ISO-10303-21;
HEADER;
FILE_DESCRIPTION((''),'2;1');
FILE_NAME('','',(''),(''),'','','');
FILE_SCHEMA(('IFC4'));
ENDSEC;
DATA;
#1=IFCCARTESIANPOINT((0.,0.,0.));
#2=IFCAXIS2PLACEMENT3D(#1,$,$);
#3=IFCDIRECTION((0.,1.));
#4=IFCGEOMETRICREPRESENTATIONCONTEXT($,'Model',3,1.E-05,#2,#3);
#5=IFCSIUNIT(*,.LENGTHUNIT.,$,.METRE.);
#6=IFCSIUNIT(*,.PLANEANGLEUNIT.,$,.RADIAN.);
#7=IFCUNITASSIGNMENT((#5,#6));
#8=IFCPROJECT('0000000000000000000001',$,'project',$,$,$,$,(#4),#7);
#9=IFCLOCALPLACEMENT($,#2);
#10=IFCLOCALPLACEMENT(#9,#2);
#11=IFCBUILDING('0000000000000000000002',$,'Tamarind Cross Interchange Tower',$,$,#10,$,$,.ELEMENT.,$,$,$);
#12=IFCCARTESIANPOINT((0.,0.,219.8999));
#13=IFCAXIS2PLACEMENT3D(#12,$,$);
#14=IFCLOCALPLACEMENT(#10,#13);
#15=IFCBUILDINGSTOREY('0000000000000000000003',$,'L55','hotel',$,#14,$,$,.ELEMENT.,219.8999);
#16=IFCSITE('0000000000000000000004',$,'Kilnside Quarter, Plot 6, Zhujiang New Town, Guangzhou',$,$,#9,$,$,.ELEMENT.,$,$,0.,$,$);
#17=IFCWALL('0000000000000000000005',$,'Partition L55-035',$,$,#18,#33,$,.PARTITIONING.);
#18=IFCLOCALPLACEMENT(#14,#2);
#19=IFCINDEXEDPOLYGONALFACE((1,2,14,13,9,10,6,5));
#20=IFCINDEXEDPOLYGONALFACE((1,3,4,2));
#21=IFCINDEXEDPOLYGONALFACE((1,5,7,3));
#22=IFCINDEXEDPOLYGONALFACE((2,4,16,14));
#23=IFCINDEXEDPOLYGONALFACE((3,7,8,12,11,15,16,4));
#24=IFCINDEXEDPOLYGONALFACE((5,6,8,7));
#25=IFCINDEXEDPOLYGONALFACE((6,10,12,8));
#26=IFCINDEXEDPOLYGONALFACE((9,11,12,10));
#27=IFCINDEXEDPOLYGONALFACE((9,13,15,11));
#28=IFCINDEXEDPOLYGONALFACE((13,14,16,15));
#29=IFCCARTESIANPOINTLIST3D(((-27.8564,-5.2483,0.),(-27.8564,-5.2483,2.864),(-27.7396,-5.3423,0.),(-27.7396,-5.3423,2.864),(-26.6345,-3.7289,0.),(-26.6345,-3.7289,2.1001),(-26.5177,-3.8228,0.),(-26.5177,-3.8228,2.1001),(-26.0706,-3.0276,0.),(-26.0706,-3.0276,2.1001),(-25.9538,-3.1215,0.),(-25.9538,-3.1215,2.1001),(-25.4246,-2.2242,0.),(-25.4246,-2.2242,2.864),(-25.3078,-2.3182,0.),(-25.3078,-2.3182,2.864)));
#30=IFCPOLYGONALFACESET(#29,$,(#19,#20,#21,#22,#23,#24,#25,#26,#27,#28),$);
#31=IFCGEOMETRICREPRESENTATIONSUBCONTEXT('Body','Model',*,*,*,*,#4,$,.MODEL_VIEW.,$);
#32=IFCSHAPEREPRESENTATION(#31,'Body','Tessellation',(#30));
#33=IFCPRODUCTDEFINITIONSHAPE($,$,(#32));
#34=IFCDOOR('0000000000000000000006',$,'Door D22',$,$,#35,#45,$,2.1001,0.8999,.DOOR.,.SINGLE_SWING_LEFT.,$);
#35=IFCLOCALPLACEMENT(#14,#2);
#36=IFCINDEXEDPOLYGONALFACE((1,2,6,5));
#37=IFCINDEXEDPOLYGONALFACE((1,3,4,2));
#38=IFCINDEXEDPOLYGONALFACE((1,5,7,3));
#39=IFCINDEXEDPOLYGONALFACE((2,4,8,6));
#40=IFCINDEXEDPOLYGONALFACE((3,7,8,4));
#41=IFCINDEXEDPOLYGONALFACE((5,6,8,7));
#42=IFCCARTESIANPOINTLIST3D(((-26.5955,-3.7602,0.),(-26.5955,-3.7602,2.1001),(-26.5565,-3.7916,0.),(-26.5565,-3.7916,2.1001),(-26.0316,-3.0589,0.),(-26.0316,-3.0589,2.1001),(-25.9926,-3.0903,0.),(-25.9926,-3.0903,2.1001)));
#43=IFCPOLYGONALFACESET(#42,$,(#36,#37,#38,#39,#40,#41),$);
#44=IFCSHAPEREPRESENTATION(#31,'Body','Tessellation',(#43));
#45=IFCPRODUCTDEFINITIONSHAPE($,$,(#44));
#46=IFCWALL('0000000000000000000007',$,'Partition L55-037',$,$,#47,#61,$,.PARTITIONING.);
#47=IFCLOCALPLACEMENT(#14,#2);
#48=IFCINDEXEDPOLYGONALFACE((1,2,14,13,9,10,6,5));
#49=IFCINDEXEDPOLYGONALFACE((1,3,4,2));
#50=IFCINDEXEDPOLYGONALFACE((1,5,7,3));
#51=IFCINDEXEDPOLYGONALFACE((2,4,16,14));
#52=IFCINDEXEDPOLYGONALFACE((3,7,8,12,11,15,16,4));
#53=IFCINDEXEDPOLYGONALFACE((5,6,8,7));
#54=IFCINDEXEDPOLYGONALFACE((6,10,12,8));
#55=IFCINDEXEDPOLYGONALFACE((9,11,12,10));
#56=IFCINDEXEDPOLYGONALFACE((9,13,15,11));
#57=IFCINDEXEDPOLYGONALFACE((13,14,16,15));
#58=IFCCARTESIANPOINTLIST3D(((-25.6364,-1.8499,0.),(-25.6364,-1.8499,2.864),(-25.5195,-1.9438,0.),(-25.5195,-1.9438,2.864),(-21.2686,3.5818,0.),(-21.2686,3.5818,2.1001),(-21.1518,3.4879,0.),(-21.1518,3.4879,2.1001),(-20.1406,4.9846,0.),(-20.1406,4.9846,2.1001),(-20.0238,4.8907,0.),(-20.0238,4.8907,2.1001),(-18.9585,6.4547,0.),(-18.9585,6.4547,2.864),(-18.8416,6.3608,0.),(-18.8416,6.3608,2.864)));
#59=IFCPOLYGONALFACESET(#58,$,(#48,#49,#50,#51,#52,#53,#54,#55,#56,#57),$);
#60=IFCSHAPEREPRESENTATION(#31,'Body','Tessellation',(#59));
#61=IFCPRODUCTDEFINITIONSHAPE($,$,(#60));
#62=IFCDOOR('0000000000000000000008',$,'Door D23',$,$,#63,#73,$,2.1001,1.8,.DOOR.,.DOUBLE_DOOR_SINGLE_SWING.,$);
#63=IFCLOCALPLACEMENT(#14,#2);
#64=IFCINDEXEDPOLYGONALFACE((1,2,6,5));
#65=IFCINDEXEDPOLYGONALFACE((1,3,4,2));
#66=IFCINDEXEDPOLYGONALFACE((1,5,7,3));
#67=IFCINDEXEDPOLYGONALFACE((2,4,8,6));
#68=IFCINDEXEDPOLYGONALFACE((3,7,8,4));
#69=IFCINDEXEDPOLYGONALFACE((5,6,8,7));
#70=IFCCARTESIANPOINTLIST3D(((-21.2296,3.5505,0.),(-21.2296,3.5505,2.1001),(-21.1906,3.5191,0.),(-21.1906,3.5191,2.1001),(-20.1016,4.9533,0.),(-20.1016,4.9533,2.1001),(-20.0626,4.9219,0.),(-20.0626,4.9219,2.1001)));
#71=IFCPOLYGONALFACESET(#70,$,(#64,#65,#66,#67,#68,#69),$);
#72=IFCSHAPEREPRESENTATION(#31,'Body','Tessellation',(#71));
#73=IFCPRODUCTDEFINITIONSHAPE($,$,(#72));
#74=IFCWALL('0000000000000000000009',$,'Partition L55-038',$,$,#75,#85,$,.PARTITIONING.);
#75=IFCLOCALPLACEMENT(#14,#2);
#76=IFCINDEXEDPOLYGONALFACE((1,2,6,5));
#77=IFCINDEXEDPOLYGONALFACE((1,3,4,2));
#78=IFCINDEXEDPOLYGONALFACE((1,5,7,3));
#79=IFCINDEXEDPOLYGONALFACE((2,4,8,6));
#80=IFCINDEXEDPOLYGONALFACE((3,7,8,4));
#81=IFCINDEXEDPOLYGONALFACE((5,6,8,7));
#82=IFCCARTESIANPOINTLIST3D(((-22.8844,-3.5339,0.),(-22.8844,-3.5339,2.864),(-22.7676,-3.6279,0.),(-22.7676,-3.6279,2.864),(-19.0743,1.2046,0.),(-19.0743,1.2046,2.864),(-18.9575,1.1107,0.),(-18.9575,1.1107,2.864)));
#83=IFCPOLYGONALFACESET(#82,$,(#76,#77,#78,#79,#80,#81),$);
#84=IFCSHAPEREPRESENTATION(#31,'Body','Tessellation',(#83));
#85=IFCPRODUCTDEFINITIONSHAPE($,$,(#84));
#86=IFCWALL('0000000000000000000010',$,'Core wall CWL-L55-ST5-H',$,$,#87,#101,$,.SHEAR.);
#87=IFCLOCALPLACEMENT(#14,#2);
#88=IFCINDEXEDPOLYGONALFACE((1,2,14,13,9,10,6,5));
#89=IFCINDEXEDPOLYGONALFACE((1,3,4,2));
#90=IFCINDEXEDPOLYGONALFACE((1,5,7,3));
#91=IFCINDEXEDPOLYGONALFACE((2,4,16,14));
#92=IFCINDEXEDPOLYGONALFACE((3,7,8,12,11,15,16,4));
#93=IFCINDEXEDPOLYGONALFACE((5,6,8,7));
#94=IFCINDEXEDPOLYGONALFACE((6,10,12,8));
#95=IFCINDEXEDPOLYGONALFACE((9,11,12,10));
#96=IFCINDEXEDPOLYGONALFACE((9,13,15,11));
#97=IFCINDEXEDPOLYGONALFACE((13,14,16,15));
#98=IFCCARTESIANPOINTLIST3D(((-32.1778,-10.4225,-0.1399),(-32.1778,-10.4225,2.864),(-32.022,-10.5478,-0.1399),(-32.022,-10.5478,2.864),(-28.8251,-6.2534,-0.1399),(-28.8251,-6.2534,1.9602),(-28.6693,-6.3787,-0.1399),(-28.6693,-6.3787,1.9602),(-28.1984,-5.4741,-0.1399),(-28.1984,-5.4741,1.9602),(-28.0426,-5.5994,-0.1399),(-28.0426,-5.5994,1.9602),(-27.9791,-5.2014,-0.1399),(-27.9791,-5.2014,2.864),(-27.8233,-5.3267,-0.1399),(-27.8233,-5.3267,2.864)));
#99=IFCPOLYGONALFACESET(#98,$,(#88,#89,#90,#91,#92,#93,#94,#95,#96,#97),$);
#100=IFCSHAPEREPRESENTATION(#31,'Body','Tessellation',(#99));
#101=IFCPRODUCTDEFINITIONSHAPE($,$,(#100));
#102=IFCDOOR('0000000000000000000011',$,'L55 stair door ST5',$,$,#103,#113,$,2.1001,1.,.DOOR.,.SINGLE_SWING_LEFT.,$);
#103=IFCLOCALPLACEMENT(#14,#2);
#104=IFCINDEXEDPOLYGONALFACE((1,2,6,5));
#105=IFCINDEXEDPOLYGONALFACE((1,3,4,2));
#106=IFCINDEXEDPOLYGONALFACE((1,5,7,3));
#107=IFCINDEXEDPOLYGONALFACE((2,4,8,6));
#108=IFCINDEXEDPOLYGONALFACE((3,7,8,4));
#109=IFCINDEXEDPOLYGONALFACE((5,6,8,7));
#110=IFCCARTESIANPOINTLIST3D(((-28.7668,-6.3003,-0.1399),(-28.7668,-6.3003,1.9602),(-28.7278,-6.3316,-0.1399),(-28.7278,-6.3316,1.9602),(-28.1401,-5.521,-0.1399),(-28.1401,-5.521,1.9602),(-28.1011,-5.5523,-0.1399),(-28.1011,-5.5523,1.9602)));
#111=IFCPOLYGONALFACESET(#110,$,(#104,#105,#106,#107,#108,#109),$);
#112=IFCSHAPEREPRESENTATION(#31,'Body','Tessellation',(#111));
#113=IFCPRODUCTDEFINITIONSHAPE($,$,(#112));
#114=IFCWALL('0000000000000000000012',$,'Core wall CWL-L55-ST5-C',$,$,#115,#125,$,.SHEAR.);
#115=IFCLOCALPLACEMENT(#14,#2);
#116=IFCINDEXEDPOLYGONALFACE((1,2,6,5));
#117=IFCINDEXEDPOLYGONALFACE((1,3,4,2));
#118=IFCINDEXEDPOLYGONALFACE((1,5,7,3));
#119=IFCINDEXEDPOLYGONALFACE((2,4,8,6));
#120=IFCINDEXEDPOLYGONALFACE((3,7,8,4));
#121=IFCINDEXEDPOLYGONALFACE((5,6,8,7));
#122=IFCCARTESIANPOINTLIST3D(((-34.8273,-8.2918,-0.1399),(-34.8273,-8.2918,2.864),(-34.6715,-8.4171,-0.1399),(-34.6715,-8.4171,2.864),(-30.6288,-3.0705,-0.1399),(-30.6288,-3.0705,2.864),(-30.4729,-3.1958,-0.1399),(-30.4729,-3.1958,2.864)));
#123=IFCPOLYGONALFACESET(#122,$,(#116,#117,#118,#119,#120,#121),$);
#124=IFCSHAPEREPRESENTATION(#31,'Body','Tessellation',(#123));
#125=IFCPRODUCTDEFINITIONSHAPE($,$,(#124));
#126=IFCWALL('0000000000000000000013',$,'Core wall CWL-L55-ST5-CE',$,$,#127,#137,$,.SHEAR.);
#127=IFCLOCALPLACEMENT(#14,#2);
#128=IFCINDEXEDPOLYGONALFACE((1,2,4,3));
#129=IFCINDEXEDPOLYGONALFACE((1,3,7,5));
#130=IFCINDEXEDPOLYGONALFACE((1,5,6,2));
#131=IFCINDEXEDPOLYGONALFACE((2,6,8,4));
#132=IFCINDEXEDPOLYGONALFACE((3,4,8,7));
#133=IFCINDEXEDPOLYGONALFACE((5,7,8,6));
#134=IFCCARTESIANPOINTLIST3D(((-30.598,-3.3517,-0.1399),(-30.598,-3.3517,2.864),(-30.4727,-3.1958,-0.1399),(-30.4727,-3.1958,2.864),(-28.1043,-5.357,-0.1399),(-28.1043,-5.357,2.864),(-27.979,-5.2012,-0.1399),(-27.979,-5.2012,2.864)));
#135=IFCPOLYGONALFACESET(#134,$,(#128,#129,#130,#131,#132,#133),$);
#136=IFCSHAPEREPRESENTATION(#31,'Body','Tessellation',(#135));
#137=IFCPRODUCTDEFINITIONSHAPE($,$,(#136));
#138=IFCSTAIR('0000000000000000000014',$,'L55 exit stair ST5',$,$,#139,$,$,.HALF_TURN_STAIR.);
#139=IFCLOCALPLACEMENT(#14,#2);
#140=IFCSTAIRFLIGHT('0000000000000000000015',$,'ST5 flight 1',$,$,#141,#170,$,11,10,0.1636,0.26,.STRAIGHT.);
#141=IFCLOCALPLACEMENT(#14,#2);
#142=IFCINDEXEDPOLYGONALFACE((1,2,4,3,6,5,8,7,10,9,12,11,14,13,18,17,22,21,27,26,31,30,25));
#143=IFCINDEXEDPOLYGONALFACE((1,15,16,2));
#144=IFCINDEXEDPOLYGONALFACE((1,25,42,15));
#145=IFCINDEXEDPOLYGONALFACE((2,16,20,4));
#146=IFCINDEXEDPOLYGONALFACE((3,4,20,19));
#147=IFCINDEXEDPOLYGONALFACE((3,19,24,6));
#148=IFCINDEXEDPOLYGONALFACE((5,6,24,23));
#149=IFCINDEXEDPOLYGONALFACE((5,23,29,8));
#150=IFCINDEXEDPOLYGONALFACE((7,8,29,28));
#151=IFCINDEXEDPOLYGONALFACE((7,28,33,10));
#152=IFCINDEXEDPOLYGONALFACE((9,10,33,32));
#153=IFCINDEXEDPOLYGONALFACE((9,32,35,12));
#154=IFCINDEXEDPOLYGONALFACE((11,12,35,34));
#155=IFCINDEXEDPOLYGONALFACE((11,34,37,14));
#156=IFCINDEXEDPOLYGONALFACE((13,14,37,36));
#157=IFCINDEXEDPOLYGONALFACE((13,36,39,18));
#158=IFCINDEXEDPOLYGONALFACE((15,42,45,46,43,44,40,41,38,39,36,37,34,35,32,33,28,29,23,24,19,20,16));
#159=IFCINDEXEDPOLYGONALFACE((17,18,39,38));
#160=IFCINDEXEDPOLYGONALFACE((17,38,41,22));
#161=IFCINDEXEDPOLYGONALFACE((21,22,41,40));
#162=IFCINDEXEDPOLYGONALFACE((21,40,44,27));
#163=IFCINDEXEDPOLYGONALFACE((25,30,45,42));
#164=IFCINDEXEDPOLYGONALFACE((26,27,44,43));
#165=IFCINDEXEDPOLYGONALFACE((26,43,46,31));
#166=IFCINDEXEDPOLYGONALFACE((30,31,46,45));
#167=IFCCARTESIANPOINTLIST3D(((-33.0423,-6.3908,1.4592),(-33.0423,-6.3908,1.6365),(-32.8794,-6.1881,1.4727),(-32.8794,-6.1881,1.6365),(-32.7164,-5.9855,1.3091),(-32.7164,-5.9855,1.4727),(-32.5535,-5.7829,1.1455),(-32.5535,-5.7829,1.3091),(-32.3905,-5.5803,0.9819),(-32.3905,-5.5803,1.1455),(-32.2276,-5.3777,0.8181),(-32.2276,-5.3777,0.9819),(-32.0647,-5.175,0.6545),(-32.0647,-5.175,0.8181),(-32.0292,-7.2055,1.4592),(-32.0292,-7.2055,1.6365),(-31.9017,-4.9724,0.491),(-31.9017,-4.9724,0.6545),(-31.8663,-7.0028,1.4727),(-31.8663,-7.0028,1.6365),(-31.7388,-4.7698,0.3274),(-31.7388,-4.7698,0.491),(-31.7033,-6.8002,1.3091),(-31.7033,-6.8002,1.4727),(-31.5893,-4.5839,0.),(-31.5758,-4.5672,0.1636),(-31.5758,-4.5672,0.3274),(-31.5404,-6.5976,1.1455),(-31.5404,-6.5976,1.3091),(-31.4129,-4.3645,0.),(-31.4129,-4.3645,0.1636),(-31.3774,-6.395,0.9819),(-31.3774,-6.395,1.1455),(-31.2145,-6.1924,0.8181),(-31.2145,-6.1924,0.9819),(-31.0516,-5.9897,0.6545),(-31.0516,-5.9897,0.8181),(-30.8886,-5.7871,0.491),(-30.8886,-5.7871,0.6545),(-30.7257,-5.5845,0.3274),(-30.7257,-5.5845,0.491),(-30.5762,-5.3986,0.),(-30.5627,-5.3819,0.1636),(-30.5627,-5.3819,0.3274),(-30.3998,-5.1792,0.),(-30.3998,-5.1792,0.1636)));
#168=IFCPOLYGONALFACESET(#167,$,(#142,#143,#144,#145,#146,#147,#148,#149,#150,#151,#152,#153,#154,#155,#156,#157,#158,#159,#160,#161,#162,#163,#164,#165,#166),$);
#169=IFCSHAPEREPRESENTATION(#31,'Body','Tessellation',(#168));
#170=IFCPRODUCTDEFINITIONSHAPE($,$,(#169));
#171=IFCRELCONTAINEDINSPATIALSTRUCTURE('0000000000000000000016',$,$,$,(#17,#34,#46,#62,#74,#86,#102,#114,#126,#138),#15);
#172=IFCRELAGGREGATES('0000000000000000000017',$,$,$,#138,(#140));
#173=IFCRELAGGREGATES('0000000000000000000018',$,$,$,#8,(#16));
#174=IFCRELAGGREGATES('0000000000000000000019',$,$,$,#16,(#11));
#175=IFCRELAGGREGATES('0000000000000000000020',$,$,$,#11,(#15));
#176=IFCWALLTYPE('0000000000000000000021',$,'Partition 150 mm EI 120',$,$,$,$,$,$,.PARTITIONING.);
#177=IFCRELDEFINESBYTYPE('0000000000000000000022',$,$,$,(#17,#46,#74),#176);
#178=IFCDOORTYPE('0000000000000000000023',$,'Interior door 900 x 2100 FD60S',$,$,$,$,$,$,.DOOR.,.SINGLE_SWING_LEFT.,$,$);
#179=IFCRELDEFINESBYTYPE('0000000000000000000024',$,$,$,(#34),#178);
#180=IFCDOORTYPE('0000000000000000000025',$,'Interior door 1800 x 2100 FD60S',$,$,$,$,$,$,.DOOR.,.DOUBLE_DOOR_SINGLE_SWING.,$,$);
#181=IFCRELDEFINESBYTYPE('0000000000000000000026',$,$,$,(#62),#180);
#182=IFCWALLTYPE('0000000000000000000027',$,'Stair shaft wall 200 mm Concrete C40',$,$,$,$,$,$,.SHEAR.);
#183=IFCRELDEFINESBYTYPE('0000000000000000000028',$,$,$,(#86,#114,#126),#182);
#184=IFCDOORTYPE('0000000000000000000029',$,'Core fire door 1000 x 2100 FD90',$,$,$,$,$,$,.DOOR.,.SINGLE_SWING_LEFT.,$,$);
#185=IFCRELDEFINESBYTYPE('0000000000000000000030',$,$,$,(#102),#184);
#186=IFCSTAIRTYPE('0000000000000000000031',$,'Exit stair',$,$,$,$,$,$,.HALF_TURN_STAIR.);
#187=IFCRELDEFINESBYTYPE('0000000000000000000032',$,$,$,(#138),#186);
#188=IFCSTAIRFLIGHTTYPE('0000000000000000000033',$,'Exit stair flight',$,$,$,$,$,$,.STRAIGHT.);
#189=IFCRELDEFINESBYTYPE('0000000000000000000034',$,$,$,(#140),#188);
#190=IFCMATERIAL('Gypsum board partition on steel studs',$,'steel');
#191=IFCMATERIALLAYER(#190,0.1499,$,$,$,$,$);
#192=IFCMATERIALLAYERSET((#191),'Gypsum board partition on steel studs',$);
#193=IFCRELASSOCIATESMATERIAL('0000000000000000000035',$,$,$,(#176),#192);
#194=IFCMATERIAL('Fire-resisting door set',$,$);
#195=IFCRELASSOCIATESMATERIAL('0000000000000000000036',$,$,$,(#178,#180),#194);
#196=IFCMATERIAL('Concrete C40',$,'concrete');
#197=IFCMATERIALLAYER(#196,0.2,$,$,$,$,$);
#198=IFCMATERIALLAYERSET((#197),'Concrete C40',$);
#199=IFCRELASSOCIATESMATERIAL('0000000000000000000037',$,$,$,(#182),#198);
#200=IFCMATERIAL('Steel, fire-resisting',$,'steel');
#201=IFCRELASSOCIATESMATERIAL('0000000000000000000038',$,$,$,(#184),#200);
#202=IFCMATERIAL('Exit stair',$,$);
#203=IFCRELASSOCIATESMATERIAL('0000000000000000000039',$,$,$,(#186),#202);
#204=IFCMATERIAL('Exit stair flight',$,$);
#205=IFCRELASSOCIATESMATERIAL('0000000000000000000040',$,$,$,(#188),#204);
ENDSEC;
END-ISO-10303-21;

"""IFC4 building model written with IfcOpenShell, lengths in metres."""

from ifc_helpers import new_model, si_unit, direction, frame, frame_2d, origin, place, context, subcontext, project, spatial, polyline, rectangle, outline, extrude, material, layer, layer_set, type_object, element, fill, aggregate, save


model = new_model("IFC4")

# Units and contexts
model_context = context("Model", 3, precision=1e-05, world=origin(), true_north=direction((0.0, 1.0)))
body_context = subcontext(model_context, "Body", "Model", "MODEL_VIEW")
ifc_project = project(units=[si_unit("LENGTHUNIT", "METRE"), si_unit("PLANEANGLEUNIT", "RADIAN")], contexts=[model_context])

# Site, building, storey
site_placement = place(None, origin())
site = spatial("IfcSite", under=ifc_project, at=site_placement, Name="Kilnside Quarter, Plot 6, Zhujiang New Town, Guangzhou", CompositionType="ELEMENT", RefElevation=0.0)
building_placement = place(site_placement, origin())
building = spatial("IfcBuilding", under=site, at=building_placement, Name="Tamarind Cross Interchange Tower", CompositionType="ELEMENT")
storey_placement = place(building_placement, frame((0.0, 0.0, 219.8999)))
storey = spatial("IfcBuildingStorey", under=building, at=storey_placement, Name="L55", Description="hotel", CompositionType="ELEMENT", Elevation=219.8999)

# Shared definitions
ifc_material_1 = material(Name="Gypsum board partition on steel studs", Category="steel")
ifc_layer_1 = layer(ifc_material_1, 0.1499)
ifc_layer_set_1 = layer_set([ifc_layer_1], Name="Gypsum board partition on steel studs")
wall_type_1 = type_object("IfcWallType", Name="Partition 150 mm EI 120", PredefinedType="PARTITIONING", material=ifc_layer_set_1)

# Walls, openings, doors
wall_1_placement = place(storey_placement, frame((-27.7981, -5.2954, 0.0), z_axis=(0.0, 0.0, 1.0), x_axis=(0.626665, 0.779289, 0.0)))
wall_1 = element("IfcWall", 1, at=wall_1_placement, inside=storey, type_object=wall_type_1, Name="Partition L55-035", PredefinedType="PARTITIONING", context=body_context, shape_type="SweptSolid", body=[
    extrude(rectangle(XDim=3.8806, YDim=0.1499, at=frame_2d((1.9404, 0.0))), origin(), (0.0, 0.0, 1.0), 2.864),
])
opening_1_placement = place(wall_1_placement, frame((1.95, 0.0, 0.0)))
opening_1 = element("IfcOpeningElement", 2, at=opening_1_placement, cuts=wall_1, PredefinedType="OPENING", context=body_context, shape_type="SweptSolid", body=[
    extrude(rectangle(XDim=0.8999, YDim=2.1001, at=frame_2d((0.45, 1.05))), frame((0.0, 0.085, 0.0), z_axis=(0.0, -1.0, 0.0), x_axis=(1.0, 0.0, 0.0)), (0.0, 0.0, 1.0), 0.1699),
])
ifc_material_2 = material(Name="Fire-resisting door set")
door_type_1 = type_object("IfcDoorType", Name="Interior door 900 x 2100 FD60S", OperationType="SINGLE_SWING_LEFT", PredefinedType="DOOR", material=ifc_material_2)
door_1_placement = place(opening_1_placement, origin())
door_1 = element("IfcDoor", 3, at=door_1_placement, inside=storey, type_object=door_type_1, Name="Door D22", OperationType="SINGLE_SWING_LEFT", OverallHeight=2.1001, OverallWidth=0.8999, PredefinedType="DOOR", context=body_context, shape_type="SweptSolid", body=[
    extrude(rectangle(XDim=0.8999, YDim=2.1001, at=frame_2d((0.45, 1.05))), frame((0.0, 0.0249, 0.0), z_axis=(0.0, -1.0, 0.0), x_axis=(1.0, 0.0, 0.0)), (0.0, 0.0, 1.0), 0.05),
])
fill(opening_1, door_1)
wall_2_placement = place(storey_placement, frame((-25.5779, -1.8967, 0.0), z_axis=(0.0, 0.0, 1.0), x_axis=(0.626652, 0.7793, 0.0)))
wall_2 = element("IfcWall", 4, at=wall_2_placement, inside=storey, type_object=wall_type_1, Name="Partition L55-037", PredefinedType="PARTITIONING", context=body_context, shape_type="SweptSolid", body=[
    extrude(rectangle(XDim=10.6565, YDim=0.1499, at=frame_2d((5.3281, 0.0))), origin(), (0.0, 0.0, 1.0), 2.864),
])
opening_2_placement = place(wall_2_placement, frame((6.97, 0.0, 0.0)))
opening_2 = element("IfcOpeningElement", 5, at=opening_2_placement, cuts=wall_2, PredefinedType="OPENING", context=body_context, shape_type="SweptSolid", body=[
    extrude(rectangle(XDim=1.8, YDim=2.1001, at=frame_2d((0.8999, 1.05))), frame((0.0, 0.085, 0.0), z_axis=(0.0, -1.0, 0.0), x_axis=(1.0, 0.0, 0.0)), (0.0, 0.0, 1.0), 0.1699),
])
door_type_2 = type_object("IfcDoorType", Name="Interior door 1800 x 2100 FD60S", OperationType="DOUBLE_DOOR_SINGLE_SWING", PredefinedType="DOOR", material=ifc_material_2)
door_2_placement = place(opening_2_placement, origin())
door_2 = element("IfcDoor", 6, at=door_2_placement, inside=storey, type_object=door_type_2, Name="Door D23", OperationType="DOUBLE_DOOR_SINGLE_SWING", OverallHeight=2.1001, OverallWidth=1.8, PredefinedType="DOOR", context=body_context, shape_type="SweptSolid", body=[
    extrude(rectangle(XDim=1.8, YDim=2.1001, at=frame_2d((0.8999, 1.05))), frame((0.0, 0.0249, 0.0), z_axis=(0.0, -1.0, 0.0), x_axis=(1.0, 0.0, 0.0)), (0.0, 0.0, 1.0), 0.05),
])
fill(opening_2, door_2)

# Wall
wall_3_placement = place(storey_placement, frame((-22.8259, -3.5808, 0.0), z_axis=(0.0, 0.0, 1.0), x_axis=(0.626622, 0.779323, 0.0)))
element("IfcWall", 7, at=wall_3_placement, inside=storey, type_object=wall_type_1, Name="Partition L55-038", PredefinedType="PARTITIONING", context=body_context, shape_type="SweptSolid", body=[
    extrude(rectangle(XDim=6.0803, YDim=0.1499, at=frame_2d((3.04, 0.0))), origin(), (0.0, 0.0, 1.0), 2.864),
])

# Wall, opening, door
ifc_material_3 = material(Name="Concrete C40", Category="concrete")
ifc_layer_2 = layer(ifc_material_3, 0.2)
ifc_layer_set_2 = layer_set([ifc_layer_2], Name="Concrete C40")
wall_type_2 = type_object("IfcWallType", Name="Stair shaft wall 200 mm Concrete C40", PredefinedType="SHEAR", material=ifc_layer_set_2)
wall_4_placement = place(storey_placement, frame((-27.9011, -5.2639, -0.1399), z_axis=(0.0, 0.0, 1.0), x_axis=(-0.626675, -0.779281, 0.0)))
wall_4 = element("IfcWall", 8, at=wall_4_placement, inside=storey, type_object=wall_type_2, Name="Core wall CWL-L55-ST5-H", PredefinedType="SHEAR", context=body_context, shape_type="SweptSolid", body=[
    extrude(rectangle(XDim=6.7, YDim=0.2, at=frame_2d((3.3501, 0.0))), origin(), (0.0, 0.0, 1.0), 3.0039),
])
opening_3_placement = place(wall_4_placement, frame((0.3501, 0.0, 0.0)))
opening_3 = element("IfcOpeningElement", 9, at=opening_3_placement, cuts=wall_4, PredefinedType="OPENING", context=body_context, shape_type="SweptSolid", body=[
    extrude(rectangle(XDim=1.0, YDim=2.1001, at=frame_2d((0.5, 1.05))), frame((0.0, 0.1099, 0.0), z_axis=(0.0, -1.0, 0.0), x_axis=(1.0, 0.0, 0.0)), (0.0, 0.0, 1.0), 0.22),
])
ifc_material_4 = material(Name="Steel, fire-resisting", Category="steel")
door_type_3 = type_object("IfcDoorType", Name="Core fire door 1000 x 2100 FD90", OperationType="SINGLE_SWING_LEFT", PredefinedType="DOOR", material=ifc_material_4)
door_3_placement = place(opening_3_placement, origin())
door_3 = element("IfcDoor", 10, at=door_3_placement, inside=storey, type_object=door_type_3, Name="L55 stair door ST5", OperationType="SINGLE_SWING_LEFT", OverallHeight=2.1001, OverallWidth=1.0, PredefinedType="DOOR", context=body_context, shape_type="SweptSolid", body=[
    extrude(rectangle(XDim=1.0, YDim=2.1001, at=frame_2d((0.5, 1.05))), frame((0.0, 0.0249, 0.0), z_axis=(0.0, -1.0, 0.0), x_axis=(1.0, 0.0, 0.0)), (0.0, 0.0, 1.0), 0.05),
])
fill(opening_3, door_3)

# Walls
wall_5_placement = place(storey_placement, frame((-30.5508, -3.1331, -0.1399), z_axis=(0.0, 0.0, 1.0), x_axis=(-0.626653, -0.779299, 0.0)))
element("IfcWall", 11, at=wall_5_placement, inside=storey, type_object=wall_type_2, Name="Core wall CWL-L55-ST5-C", PredefinedType="SHEAR", context=body_context, shape_type="SweptSolid", body=[
    extrude(rectangle(XDim=6.7, YDim=0.2, at=frame_2d((3.3501, 0.0))), origin(), (0.0, 0.0, 1.0), 3.0039),
])
wall_6_placement = place(storey_placement, frame((-30.5354, -3.2737, -0.1399), z_axis=(0.0, 0.0, 1.0), x_axis=(0.779273, -0.626684, 0.0)))
element("IfcWall", 12, at=wall_6_placement, inside=storey, type_object=wall_type_2, Name="Core wall CWL-L55-ST5-CE", PredefinedType="SHEAR", context=body_context, shape_type="SweptSolid", body=[
    extrude(rectangle(XDim=3.2, YDim=0.2, at=frame_2d((1.6001, 0.0))), origin(), (0.0, 0.0, 1.0), 3.0039),
])

# Stair, stair flight
ifc_material_5 = material(Name="Exit stair")
stair_type = type_object("IfcStairType", Name="Exit stair", PredefinedType="HALF_TURN_STAIR", material=ifc_material_5)
stair_placement = place(storey_placement, origin())
stair = element("IfcStair", 13, at=stair_placement, inside=storey, type_object=stair_type, Name="L55 exit stair ST5", PredefinedType="HALF_TURN_STAIR")
ifc_material_6 = material(Name="Exit stair flight")
stair_flight_type = type_object("IfcStairFlightType", Name="Exit stair flight", PredefinedType="STRAIGHT", material=ifc_material_6)
stair_flight_placement = place(storey_placement, frame((-30.9062, -4.772, 0.0), z_axis=(0.0, 0.0, 1.0), x_axis=(-0.626669, -0.779285, 0.0)))
stair_flight = element("IfcStairFlight", 14, at=stair_flight_placement, type_object=stair_flight_type, Name="ST5 flight 1", NumberOfRisers=11, NumberOfTreads=10, PredefinedType="STRAIGHT", RiserHeight=0.1636, TreadLength=0.26, context=body_context, shape_type="SweptSolid", body=[
    extrude(outline(polyline([(0.0, 0.0), (0.0, 0.1636), (0.26, 0.1636), (0.26, 0.3274), (0.52, 0.3274), (0.52, 0.491), (0.78, 0.491), (0.78, 0.6545), (1.04, 0.6545), (1.04, 0.8181), (1.3, 0.8181), (1.3, 0.9819), (1.5601, 0.9819), (1.5601, 1.1455), (1.8201, 1.1455), (1.8201, 1.3091), (2.0801, 1.3091), (2.0801, 1.4727), (2.3401, 1.4727), (2.3401, 1.6365), (2.6001, 1.6365), (2.6001, 1.8), (2.6001, 1.4592), (0.2815, 0.0), (0.0, 0.0)])), frame((0.0, 0.6499, 0.0), z_axis=(0.0, -1.0, 0.0), x_axis=(1.0, 0.0, 0.0)), (0.0, 0.0, 1.0), 1.3),
])
aggregate(stair, [stair_flight])

save(model, "model.ifc")
